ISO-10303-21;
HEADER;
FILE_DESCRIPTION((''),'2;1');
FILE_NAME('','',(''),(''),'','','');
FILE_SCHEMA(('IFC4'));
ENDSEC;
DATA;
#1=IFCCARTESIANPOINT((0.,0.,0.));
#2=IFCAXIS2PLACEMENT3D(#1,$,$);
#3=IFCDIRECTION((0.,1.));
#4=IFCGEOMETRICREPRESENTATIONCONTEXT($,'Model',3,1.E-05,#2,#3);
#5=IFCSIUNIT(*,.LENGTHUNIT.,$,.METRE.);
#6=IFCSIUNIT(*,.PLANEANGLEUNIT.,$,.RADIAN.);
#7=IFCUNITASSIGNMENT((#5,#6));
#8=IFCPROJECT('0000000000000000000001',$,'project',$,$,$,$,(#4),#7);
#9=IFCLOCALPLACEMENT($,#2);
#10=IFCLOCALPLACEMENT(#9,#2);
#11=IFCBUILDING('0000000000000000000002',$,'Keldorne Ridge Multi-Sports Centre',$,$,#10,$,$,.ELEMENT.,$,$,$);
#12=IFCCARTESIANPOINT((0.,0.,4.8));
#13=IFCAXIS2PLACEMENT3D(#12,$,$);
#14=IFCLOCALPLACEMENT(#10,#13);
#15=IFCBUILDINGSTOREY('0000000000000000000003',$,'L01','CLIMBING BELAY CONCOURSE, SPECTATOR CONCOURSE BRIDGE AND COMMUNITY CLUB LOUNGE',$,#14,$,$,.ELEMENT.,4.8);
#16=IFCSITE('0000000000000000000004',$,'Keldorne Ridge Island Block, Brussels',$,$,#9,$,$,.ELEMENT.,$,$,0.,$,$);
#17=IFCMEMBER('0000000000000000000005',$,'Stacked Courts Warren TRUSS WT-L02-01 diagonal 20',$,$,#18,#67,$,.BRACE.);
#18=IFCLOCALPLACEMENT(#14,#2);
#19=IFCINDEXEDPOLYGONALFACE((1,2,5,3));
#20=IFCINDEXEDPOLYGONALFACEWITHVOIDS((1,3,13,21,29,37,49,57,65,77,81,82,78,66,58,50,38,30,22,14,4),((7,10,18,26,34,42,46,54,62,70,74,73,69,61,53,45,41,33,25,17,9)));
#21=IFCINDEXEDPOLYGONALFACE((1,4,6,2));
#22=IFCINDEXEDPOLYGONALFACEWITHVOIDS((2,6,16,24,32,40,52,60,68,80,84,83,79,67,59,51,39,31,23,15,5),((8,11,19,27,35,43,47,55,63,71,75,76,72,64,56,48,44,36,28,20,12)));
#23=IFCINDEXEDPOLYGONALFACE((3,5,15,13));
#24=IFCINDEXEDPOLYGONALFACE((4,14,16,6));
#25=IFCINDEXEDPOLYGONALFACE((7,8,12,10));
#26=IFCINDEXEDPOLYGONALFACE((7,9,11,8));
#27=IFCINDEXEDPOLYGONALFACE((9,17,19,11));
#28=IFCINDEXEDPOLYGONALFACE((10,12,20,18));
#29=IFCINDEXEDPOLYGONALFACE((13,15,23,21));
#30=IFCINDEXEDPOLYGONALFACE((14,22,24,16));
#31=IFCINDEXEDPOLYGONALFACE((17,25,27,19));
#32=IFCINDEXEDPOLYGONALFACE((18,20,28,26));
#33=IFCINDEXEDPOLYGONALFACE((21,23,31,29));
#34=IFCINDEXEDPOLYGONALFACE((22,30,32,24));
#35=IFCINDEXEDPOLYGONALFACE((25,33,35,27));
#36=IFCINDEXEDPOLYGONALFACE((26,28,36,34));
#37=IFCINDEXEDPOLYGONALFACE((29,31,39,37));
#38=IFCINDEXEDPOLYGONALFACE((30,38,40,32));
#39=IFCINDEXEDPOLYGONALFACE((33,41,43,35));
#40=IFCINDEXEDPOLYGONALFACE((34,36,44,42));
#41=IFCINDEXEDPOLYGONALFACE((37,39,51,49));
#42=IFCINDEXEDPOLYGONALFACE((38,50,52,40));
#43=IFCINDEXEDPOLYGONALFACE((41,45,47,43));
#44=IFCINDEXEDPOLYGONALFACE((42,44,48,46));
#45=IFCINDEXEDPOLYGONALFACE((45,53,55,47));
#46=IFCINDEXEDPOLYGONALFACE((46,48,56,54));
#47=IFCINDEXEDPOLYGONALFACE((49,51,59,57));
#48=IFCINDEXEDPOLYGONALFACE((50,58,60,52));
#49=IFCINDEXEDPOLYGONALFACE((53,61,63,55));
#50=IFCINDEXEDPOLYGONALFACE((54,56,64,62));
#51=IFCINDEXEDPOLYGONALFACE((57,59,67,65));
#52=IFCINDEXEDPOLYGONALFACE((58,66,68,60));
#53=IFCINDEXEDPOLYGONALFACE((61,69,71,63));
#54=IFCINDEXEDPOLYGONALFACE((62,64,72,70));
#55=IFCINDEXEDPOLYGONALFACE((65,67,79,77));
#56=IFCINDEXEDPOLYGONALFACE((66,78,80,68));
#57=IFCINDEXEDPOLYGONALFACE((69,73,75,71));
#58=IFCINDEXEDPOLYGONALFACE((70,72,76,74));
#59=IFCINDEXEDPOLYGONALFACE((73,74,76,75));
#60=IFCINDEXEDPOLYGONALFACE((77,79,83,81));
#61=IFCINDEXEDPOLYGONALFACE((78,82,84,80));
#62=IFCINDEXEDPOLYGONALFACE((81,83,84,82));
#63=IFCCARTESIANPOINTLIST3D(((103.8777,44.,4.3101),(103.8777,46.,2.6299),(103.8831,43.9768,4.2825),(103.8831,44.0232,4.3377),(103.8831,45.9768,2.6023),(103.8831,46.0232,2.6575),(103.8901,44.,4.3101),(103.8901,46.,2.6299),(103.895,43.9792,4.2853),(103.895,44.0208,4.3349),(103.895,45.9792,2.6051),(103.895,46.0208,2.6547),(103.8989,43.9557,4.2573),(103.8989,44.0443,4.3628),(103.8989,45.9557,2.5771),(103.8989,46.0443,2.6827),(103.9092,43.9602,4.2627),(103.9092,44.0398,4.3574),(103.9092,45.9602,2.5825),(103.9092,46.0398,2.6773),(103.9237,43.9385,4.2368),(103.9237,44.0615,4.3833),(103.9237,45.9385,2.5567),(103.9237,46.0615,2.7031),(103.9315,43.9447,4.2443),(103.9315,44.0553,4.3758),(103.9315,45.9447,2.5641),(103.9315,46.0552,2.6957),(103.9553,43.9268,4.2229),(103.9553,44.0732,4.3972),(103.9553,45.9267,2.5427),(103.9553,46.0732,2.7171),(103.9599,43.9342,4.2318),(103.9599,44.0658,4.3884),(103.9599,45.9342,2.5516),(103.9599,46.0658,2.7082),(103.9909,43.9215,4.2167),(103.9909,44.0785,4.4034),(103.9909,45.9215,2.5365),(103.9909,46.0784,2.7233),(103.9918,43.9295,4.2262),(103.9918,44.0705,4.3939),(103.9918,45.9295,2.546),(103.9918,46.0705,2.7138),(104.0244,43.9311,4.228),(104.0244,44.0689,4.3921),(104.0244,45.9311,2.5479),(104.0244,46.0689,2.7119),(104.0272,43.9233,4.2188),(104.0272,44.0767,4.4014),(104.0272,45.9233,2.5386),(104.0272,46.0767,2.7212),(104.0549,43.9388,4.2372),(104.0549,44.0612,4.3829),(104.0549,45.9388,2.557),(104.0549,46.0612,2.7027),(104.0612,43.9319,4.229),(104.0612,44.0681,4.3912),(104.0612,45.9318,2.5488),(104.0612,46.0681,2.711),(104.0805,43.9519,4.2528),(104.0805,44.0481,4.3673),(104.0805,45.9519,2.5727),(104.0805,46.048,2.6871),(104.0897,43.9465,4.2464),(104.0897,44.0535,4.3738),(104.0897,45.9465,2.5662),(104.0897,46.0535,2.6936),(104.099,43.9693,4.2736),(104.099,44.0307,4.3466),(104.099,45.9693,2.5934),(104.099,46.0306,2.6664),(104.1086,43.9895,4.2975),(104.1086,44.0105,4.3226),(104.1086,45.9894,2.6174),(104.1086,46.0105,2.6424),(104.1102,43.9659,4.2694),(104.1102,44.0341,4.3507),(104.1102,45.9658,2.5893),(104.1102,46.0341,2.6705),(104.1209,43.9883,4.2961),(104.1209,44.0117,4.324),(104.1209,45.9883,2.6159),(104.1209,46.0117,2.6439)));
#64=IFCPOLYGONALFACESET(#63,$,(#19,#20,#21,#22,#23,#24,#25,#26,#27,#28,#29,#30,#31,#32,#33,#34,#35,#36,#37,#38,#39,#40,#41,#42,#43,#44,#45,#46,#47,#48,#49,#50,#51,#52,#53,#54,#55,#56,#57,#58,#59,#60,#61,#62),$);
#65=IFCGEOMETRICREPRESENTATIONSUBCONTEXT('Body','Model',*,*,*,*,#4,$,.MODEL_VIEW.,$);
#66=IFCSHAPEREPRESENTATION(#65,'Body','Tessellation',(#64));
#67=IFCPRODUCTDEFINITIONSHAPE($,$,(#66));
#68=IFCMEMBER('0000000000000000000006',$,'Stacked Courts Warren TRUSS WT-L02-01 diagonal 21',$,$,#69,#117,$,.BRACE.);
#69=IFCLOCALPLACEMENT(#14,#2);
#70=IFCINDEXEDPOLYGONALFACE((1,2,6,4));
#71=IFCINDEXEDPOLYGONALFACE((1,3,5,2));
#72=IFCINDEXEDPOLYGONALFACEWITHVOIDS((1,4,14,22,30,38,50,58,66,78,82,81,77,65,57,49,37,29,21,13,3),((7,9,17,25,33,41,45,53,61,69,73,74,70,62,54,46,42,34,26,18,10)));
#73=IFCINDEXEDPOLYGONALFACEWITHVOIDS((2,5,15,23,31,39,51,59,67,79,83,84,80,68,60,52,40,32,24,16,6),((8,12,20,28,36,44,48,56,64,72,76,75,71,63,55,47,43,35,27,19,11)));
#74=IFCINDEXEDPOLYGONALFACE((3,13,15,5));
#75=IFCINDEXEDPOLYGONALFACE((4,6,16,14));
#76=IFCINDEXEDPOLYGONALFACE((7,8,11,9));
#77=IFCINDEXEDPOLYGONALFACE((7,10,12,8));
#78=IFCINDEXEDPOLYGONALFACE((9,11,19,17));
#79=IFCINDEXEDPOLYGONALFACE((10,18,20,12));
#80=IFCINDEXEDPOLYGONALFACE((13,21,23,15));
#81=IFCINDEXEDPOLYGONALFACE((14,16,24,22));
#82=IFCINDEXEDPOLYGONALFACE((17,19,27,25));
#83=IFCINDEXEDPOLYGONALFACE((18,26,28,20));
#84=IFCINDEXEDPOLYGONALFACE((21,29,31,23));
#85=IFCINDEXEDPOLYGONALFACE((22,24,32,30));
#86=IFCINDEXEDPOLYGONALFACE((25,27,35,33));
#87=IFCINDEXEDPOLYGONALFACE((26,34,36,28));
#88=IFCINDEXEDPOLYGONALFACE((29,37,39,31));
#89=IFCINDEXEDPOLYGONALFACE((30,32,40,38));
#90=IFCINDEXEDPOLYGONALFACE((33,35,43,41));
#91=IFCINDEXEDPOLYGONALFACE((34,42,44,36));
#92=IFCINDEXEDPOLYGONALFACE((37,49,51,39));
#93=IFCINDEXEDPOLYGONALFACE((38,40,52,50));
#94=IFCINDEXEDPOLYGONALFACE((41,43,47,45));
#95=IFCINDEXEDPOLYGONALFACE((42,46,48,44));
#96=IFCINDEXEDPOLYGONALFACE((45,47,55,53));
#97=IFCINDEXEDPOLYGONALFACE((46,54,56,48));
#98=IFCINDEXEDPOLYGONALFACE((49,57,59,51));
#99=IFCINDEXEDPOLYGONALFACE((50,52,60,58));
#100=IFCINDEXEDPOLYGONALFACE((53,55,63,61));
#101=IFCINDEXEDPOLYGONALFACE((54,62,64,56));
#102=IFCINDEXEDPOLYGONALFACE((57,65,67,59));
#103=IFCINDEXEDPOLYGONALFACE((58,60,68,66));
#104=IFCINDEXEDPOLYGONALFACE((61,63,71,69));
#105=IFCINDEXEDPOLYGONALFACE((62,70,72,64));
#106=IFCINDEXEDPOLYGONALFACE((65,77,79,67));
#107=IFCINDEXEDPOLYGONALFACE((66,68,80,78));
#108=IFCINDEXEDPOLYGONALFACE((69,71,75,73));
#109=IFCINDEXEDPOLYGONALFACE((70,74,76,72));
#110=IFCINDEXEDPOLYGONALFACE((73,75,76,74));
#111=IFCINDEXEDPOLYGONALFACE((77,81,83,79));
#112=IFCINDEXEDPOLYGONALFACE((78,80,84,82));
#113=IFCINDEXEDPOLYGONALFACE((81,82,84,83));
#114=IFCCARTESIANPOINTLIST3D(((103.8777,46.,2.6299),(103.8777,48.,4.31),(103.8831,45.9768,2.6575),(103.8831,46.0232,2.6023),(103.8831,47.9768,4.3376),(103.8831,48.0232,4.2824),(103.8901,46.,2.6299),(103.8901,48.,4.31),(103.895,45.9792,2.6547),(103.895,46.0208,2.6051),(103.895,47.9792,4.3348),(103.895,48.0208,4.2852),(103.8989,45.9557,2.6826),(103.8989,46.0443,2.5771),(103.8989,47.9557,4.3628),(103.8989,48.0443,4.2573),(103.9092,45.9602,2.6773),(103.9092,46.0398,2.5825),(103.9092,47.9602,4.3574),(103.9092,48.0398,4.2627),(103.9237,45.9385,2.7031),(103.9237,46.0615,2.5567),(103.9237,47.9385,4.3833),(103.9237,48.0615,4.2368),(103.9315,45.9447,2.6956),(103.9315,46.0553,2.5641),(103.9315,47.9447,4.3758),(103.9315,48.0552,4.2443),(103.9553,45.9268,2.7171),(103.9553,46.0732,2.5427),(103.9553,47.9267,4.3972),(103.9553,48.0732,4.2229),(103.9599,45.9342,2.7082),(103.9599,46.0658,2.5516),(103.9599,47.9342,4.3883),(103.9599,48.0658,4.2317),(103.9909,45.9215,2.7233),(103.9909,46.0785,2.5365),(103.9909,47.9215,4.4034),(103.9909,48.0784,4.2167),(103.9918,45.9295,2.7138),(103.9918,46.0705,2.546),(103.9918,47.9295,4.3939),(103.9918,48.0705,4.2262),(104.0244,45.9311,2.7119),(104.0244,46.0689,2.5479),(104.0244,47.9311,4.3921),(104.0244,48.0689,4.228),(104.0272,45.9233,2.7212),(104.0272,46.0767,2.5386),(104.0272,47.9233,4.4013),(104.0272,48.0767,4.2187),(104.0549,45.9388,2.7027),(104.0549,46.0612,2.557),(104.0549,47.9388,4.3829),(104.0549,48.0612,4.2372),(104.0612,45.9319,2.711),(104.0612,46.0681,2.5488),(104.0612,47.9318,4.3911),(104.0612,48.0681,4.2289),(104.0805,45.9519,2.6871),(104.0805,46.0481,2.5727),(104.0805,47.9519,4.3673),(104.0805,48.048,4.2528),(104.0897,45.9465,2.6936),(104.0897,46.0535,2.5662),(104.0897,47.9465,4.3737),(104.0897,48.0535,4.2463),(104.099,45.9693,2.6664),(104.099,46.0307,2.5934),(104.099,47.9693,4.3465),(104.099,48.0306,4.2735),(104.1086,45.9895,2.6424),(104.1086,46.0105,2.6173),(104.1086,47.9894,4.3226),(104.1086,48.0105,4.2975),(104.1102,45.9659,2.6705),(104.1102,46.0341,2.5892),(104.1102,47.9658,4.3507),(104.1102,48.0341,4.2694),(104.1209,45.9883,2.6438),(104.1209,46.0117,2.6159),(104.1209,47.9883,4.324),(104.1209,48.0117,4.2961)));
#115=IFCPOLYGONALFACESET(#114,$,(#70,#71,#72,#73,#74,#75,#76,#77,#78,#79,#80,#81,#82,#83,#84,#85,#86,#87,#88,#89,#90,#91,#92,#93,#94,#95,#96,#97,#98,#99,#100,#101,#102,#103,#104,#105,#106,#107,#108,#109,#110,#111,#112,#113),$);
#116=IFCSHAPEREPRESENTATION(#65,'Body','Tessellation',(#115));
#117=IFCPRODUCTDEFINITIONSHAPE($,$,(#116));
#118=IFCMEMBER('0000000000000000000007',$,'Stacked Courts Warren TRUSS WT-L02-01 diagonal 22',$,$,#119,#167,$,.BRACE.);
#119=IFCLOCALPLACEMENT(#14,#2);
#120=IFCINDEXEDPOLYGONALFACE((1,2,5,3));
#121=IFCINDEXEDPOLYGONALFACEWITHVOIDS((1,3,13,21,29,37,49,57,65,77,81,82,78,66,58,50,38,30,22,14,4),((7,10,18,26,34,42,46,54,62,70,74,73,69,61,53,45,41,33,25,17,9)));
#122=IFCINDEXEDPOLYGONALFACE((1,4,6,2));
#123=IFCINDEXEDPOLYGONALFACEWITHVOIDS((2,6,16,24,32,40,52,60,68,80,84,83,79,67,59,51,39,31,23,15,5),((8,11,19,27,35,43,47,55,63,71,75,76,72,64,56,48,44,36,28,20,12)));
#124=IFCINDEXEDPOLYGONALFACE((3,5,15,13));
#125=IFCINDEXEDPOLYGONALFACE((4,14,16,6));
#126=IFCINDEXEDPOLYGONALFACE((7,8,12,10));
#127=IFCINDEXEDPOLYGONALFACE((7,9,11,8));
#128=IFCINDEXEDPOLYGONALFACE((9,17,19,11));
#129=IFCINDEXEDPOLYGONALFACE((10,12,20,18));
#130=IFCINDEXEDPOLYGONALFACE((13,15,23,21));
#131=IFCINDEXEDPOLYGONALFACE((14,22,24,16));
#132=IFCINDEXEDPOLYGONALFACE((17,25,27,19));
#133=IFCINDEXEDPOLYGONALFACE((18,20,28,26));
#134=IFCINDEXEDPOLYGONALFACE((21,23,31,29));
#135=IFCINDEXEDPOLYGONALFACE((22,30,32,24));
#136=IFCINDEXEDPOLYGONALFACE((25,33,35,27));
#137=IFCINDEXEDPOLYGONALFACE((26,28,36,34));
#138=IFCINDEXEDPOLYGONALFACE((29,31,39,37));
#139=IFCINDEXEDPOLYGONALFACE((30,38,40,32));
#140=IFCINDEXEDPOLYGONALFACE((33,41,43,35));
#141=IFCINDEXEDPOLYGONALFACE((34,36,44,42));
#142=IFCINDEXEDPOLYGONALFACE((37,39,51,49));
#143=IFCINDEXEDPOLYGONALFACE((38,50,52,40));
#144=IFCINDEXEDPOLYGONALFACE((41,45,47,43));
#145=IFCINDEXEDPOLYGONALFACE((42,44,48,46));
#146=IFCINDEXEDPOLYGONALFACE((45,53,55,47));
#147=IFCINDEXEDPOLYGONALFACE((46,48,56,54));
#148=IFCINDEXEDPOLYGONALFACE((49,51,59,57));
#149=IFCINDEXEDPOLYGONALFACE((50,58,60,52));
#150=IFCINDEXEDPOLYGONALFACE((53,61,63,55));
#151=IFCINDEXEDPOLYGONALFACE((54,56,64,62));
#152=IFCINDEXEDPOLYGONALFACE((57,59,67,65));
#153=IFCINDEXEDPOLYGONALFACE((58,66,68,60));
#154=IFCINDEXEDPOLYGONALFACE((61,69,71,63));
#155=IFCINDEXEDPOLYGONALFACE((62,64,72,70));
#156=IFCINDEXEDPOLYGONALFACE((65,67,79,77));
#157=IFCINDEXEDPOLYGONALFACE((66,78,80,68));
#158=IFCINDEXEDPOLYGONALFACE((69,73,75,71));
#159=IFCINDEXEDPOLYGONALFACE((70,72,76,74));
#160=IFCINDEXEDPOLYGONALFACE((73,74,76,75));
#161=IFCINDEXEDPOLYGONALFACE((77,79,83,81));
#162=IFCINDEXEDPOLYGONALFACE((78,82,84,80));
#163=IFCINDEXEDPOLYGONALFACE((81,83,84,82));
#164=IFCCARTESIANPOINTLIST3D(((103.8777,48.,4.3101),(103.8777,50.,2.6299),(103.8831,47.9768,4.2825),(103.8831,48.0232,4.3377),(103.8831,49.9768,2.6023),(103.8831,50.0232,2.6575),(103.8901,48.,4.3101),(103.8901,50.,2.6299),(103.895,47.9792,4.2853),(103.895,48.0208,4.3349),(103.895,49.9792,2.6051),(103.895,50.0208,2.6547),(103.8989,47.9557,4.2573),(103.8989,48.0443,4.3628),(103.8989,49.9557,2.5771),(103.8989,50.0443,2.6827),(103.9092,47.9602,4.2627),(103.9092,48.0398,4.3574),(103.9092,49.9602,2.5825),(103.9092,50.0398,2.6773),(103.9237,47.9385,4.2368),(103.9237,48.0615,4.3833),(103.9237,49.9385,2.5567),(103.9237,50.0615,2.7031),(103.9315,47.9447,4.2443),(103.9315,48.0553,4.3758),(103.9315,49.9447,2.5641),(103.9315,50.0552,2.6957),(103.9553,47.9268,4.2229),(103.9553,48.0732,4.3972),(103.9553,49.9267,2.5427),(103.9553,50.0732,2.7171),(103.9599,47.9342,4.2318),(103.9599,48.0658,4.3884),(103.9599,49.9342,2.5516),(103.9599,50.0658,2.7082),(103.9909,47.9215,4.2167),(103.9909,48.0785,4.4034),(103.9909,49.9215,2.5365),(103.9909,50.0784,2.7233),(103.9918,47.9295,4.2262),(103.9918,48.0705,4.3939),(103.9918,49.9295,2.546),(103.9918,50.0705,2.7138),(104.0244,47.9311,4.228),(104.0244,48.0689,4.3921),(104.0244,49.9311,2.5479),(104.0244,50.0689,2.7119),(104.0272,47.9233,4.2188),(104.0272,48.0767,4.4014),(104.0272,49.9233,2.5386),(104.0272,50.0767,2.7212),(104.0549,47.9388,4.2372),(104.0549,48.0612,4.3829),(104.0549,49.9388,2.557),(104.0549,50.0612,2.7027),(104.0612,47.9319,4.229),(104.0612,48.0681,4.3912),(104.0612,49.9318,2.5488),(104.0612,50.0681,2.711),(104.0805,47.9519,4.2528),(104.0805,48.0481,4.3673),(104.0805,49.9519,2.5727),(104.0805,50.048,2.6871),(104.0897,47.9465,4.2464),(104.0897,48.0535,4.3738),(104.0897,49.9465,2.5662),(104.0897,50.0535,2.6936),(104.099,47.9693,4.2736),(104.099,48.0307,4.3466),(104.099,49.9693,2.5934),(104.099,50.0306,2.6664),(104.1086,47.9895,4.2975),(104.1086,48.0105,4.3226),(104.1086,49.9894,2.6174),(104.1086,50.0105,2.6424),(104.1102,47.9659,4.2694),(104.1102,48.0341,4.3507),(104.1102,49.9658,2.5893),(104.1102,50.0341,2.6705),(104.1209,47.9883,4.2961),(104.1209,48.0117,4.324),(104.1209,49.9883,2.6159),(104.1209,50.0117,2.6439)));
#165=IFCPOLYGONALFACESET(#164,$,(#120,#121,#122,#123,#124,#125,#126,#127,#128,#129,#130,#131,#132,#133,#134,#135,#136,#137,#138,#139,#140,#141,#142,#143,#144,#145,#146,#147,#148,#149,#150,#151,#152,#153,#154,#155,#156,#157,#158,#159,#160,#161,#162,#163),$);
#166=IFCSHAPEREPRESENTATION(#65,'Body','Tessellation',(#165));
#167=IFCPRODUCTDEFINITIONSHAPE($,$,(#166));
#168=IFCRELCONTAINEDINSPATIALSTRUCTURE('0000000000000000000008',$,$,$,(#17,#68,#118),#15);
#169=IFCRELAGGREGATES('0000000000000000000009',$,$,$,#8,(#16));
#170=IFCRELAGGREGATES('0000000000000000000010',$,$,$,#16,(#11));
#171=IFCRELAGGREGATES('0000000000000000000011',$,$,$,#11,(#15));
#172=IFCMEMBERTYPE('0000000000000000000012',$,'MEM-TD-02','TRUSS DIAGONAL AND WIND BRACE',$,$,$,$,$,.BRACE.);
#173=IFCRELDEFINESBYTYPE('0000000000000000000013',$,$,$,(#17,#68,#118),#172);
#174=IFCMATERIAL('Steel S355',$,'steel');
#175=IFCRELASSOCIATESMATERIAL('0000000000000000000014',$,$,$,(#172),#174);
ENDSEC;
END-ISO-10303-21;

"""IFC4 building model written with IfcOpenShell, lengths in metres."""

from ifc_helpers import new_model, si_unit, direction, frame, origin, origin_2d, place, context, subcontext, project, spatial, hollow_circle, extrude, material, material_profile, profile_set, type_object, element, save


model = new_model("IFC4")

# Units and contexts
model_context = context("Model", 3, precision=1e-05, world=origin(), true_north=direction((0.0, 1.0)))
body_context = subcontext(model_context, "Body", "Model", "MODEL_VIEW")
ifc_project = project(units=[si_unit("LENGTHUNIT", "METRE"), si_unit("PLANEANGLEUNIT", "RADIAN")], contexts=[model_context])

# Site, building, storey
site_placement = place(None, origin())
site = spatial("IfcSite", under=ifc_project, at=site_placement, Name="Keldorne Ridge Island Block, Brussels", CompositionType="ELEMENT", RefElevation=0.0)
building_placement = place(site_placement, origin())
building = spatial("IfcBuilding", under=site, at=building_placement, Name="Keldorne Ridge Multi-Sports Centre", CompositionType="ELEMENT")
storey_placement = place(building_placement, frame((0.0, 0.0, 4.8)))
storey = spatial("IfcBuildingStorey", under=building, at=storey_placement, Name="L01", Description="CLIMBING BELAY CONCOURSE, SPECTATOR CONCOURSE BRIDGE AND COMMUNITY CLUB LOUNGE", CompositionType="ELEMENT", Elevation=4.8)

# Shared definitions
ifc_material_1 = material(Name="Steel S355", Category="steel")

# Members
ifc_material_profile_1 = material_profile(ifc_material_1, hollow_circle(Radius=0.1223, WallThickness=0.0125, at=origin_2d()), Name="CHS 244.5x12.5")
ifc_profile_set_1 = profile_set([ifc_material_profile_1], Name="Steel S355")
member_type_1 = type_object("IfcMemberType", Name="MEM-TD-02", Description="TRUSS DIAGONAL AND WIND BRACE", PredefinedType="BRACE", material=ifc_profile_set_1)
for number, where, z_axis, x_axis, name in (
    (1, (104.0, 44.0, 4.3101), (0.0, 0.765672, -0.643232), (-1.0, 0.0, 0.0), "Stacked Courts Warren TRUSS WT-L02-01 diagonal 20"),
    (2, (104.0, 46.0, 2.6299), (0.0, 0.765672, 0.643232), (-1.0, 0.0, 0.0), "Stacked Courts Warren TRUSS WT-L02-01 diagonal 21"),
    (3, (104.0, 48.0, 4.3101), (0.0, 0.765672, -0.643232), (-1.0, 0.0, 0.0), "Stacked Courts Warren TRUSS WT-L02-01 diagonal 22"),
):
    element("IfcMember", number, at=place(storey_placement, frame(where, z_axis=z_axis, x_axis=x_axis)), inside=storey, type_object=member_type_1, Name=name, PredefinedType="BRACE", context=body_context, shape_type="SweptSolid", body=[
        extrude(hollow_circle(Radius=0.1223, WallThickness=0.0125, at=origin_2d()), origin(), (0.0, 0.0, 1.0), 2.6121),
    ])

save(model, "model.ifc")
